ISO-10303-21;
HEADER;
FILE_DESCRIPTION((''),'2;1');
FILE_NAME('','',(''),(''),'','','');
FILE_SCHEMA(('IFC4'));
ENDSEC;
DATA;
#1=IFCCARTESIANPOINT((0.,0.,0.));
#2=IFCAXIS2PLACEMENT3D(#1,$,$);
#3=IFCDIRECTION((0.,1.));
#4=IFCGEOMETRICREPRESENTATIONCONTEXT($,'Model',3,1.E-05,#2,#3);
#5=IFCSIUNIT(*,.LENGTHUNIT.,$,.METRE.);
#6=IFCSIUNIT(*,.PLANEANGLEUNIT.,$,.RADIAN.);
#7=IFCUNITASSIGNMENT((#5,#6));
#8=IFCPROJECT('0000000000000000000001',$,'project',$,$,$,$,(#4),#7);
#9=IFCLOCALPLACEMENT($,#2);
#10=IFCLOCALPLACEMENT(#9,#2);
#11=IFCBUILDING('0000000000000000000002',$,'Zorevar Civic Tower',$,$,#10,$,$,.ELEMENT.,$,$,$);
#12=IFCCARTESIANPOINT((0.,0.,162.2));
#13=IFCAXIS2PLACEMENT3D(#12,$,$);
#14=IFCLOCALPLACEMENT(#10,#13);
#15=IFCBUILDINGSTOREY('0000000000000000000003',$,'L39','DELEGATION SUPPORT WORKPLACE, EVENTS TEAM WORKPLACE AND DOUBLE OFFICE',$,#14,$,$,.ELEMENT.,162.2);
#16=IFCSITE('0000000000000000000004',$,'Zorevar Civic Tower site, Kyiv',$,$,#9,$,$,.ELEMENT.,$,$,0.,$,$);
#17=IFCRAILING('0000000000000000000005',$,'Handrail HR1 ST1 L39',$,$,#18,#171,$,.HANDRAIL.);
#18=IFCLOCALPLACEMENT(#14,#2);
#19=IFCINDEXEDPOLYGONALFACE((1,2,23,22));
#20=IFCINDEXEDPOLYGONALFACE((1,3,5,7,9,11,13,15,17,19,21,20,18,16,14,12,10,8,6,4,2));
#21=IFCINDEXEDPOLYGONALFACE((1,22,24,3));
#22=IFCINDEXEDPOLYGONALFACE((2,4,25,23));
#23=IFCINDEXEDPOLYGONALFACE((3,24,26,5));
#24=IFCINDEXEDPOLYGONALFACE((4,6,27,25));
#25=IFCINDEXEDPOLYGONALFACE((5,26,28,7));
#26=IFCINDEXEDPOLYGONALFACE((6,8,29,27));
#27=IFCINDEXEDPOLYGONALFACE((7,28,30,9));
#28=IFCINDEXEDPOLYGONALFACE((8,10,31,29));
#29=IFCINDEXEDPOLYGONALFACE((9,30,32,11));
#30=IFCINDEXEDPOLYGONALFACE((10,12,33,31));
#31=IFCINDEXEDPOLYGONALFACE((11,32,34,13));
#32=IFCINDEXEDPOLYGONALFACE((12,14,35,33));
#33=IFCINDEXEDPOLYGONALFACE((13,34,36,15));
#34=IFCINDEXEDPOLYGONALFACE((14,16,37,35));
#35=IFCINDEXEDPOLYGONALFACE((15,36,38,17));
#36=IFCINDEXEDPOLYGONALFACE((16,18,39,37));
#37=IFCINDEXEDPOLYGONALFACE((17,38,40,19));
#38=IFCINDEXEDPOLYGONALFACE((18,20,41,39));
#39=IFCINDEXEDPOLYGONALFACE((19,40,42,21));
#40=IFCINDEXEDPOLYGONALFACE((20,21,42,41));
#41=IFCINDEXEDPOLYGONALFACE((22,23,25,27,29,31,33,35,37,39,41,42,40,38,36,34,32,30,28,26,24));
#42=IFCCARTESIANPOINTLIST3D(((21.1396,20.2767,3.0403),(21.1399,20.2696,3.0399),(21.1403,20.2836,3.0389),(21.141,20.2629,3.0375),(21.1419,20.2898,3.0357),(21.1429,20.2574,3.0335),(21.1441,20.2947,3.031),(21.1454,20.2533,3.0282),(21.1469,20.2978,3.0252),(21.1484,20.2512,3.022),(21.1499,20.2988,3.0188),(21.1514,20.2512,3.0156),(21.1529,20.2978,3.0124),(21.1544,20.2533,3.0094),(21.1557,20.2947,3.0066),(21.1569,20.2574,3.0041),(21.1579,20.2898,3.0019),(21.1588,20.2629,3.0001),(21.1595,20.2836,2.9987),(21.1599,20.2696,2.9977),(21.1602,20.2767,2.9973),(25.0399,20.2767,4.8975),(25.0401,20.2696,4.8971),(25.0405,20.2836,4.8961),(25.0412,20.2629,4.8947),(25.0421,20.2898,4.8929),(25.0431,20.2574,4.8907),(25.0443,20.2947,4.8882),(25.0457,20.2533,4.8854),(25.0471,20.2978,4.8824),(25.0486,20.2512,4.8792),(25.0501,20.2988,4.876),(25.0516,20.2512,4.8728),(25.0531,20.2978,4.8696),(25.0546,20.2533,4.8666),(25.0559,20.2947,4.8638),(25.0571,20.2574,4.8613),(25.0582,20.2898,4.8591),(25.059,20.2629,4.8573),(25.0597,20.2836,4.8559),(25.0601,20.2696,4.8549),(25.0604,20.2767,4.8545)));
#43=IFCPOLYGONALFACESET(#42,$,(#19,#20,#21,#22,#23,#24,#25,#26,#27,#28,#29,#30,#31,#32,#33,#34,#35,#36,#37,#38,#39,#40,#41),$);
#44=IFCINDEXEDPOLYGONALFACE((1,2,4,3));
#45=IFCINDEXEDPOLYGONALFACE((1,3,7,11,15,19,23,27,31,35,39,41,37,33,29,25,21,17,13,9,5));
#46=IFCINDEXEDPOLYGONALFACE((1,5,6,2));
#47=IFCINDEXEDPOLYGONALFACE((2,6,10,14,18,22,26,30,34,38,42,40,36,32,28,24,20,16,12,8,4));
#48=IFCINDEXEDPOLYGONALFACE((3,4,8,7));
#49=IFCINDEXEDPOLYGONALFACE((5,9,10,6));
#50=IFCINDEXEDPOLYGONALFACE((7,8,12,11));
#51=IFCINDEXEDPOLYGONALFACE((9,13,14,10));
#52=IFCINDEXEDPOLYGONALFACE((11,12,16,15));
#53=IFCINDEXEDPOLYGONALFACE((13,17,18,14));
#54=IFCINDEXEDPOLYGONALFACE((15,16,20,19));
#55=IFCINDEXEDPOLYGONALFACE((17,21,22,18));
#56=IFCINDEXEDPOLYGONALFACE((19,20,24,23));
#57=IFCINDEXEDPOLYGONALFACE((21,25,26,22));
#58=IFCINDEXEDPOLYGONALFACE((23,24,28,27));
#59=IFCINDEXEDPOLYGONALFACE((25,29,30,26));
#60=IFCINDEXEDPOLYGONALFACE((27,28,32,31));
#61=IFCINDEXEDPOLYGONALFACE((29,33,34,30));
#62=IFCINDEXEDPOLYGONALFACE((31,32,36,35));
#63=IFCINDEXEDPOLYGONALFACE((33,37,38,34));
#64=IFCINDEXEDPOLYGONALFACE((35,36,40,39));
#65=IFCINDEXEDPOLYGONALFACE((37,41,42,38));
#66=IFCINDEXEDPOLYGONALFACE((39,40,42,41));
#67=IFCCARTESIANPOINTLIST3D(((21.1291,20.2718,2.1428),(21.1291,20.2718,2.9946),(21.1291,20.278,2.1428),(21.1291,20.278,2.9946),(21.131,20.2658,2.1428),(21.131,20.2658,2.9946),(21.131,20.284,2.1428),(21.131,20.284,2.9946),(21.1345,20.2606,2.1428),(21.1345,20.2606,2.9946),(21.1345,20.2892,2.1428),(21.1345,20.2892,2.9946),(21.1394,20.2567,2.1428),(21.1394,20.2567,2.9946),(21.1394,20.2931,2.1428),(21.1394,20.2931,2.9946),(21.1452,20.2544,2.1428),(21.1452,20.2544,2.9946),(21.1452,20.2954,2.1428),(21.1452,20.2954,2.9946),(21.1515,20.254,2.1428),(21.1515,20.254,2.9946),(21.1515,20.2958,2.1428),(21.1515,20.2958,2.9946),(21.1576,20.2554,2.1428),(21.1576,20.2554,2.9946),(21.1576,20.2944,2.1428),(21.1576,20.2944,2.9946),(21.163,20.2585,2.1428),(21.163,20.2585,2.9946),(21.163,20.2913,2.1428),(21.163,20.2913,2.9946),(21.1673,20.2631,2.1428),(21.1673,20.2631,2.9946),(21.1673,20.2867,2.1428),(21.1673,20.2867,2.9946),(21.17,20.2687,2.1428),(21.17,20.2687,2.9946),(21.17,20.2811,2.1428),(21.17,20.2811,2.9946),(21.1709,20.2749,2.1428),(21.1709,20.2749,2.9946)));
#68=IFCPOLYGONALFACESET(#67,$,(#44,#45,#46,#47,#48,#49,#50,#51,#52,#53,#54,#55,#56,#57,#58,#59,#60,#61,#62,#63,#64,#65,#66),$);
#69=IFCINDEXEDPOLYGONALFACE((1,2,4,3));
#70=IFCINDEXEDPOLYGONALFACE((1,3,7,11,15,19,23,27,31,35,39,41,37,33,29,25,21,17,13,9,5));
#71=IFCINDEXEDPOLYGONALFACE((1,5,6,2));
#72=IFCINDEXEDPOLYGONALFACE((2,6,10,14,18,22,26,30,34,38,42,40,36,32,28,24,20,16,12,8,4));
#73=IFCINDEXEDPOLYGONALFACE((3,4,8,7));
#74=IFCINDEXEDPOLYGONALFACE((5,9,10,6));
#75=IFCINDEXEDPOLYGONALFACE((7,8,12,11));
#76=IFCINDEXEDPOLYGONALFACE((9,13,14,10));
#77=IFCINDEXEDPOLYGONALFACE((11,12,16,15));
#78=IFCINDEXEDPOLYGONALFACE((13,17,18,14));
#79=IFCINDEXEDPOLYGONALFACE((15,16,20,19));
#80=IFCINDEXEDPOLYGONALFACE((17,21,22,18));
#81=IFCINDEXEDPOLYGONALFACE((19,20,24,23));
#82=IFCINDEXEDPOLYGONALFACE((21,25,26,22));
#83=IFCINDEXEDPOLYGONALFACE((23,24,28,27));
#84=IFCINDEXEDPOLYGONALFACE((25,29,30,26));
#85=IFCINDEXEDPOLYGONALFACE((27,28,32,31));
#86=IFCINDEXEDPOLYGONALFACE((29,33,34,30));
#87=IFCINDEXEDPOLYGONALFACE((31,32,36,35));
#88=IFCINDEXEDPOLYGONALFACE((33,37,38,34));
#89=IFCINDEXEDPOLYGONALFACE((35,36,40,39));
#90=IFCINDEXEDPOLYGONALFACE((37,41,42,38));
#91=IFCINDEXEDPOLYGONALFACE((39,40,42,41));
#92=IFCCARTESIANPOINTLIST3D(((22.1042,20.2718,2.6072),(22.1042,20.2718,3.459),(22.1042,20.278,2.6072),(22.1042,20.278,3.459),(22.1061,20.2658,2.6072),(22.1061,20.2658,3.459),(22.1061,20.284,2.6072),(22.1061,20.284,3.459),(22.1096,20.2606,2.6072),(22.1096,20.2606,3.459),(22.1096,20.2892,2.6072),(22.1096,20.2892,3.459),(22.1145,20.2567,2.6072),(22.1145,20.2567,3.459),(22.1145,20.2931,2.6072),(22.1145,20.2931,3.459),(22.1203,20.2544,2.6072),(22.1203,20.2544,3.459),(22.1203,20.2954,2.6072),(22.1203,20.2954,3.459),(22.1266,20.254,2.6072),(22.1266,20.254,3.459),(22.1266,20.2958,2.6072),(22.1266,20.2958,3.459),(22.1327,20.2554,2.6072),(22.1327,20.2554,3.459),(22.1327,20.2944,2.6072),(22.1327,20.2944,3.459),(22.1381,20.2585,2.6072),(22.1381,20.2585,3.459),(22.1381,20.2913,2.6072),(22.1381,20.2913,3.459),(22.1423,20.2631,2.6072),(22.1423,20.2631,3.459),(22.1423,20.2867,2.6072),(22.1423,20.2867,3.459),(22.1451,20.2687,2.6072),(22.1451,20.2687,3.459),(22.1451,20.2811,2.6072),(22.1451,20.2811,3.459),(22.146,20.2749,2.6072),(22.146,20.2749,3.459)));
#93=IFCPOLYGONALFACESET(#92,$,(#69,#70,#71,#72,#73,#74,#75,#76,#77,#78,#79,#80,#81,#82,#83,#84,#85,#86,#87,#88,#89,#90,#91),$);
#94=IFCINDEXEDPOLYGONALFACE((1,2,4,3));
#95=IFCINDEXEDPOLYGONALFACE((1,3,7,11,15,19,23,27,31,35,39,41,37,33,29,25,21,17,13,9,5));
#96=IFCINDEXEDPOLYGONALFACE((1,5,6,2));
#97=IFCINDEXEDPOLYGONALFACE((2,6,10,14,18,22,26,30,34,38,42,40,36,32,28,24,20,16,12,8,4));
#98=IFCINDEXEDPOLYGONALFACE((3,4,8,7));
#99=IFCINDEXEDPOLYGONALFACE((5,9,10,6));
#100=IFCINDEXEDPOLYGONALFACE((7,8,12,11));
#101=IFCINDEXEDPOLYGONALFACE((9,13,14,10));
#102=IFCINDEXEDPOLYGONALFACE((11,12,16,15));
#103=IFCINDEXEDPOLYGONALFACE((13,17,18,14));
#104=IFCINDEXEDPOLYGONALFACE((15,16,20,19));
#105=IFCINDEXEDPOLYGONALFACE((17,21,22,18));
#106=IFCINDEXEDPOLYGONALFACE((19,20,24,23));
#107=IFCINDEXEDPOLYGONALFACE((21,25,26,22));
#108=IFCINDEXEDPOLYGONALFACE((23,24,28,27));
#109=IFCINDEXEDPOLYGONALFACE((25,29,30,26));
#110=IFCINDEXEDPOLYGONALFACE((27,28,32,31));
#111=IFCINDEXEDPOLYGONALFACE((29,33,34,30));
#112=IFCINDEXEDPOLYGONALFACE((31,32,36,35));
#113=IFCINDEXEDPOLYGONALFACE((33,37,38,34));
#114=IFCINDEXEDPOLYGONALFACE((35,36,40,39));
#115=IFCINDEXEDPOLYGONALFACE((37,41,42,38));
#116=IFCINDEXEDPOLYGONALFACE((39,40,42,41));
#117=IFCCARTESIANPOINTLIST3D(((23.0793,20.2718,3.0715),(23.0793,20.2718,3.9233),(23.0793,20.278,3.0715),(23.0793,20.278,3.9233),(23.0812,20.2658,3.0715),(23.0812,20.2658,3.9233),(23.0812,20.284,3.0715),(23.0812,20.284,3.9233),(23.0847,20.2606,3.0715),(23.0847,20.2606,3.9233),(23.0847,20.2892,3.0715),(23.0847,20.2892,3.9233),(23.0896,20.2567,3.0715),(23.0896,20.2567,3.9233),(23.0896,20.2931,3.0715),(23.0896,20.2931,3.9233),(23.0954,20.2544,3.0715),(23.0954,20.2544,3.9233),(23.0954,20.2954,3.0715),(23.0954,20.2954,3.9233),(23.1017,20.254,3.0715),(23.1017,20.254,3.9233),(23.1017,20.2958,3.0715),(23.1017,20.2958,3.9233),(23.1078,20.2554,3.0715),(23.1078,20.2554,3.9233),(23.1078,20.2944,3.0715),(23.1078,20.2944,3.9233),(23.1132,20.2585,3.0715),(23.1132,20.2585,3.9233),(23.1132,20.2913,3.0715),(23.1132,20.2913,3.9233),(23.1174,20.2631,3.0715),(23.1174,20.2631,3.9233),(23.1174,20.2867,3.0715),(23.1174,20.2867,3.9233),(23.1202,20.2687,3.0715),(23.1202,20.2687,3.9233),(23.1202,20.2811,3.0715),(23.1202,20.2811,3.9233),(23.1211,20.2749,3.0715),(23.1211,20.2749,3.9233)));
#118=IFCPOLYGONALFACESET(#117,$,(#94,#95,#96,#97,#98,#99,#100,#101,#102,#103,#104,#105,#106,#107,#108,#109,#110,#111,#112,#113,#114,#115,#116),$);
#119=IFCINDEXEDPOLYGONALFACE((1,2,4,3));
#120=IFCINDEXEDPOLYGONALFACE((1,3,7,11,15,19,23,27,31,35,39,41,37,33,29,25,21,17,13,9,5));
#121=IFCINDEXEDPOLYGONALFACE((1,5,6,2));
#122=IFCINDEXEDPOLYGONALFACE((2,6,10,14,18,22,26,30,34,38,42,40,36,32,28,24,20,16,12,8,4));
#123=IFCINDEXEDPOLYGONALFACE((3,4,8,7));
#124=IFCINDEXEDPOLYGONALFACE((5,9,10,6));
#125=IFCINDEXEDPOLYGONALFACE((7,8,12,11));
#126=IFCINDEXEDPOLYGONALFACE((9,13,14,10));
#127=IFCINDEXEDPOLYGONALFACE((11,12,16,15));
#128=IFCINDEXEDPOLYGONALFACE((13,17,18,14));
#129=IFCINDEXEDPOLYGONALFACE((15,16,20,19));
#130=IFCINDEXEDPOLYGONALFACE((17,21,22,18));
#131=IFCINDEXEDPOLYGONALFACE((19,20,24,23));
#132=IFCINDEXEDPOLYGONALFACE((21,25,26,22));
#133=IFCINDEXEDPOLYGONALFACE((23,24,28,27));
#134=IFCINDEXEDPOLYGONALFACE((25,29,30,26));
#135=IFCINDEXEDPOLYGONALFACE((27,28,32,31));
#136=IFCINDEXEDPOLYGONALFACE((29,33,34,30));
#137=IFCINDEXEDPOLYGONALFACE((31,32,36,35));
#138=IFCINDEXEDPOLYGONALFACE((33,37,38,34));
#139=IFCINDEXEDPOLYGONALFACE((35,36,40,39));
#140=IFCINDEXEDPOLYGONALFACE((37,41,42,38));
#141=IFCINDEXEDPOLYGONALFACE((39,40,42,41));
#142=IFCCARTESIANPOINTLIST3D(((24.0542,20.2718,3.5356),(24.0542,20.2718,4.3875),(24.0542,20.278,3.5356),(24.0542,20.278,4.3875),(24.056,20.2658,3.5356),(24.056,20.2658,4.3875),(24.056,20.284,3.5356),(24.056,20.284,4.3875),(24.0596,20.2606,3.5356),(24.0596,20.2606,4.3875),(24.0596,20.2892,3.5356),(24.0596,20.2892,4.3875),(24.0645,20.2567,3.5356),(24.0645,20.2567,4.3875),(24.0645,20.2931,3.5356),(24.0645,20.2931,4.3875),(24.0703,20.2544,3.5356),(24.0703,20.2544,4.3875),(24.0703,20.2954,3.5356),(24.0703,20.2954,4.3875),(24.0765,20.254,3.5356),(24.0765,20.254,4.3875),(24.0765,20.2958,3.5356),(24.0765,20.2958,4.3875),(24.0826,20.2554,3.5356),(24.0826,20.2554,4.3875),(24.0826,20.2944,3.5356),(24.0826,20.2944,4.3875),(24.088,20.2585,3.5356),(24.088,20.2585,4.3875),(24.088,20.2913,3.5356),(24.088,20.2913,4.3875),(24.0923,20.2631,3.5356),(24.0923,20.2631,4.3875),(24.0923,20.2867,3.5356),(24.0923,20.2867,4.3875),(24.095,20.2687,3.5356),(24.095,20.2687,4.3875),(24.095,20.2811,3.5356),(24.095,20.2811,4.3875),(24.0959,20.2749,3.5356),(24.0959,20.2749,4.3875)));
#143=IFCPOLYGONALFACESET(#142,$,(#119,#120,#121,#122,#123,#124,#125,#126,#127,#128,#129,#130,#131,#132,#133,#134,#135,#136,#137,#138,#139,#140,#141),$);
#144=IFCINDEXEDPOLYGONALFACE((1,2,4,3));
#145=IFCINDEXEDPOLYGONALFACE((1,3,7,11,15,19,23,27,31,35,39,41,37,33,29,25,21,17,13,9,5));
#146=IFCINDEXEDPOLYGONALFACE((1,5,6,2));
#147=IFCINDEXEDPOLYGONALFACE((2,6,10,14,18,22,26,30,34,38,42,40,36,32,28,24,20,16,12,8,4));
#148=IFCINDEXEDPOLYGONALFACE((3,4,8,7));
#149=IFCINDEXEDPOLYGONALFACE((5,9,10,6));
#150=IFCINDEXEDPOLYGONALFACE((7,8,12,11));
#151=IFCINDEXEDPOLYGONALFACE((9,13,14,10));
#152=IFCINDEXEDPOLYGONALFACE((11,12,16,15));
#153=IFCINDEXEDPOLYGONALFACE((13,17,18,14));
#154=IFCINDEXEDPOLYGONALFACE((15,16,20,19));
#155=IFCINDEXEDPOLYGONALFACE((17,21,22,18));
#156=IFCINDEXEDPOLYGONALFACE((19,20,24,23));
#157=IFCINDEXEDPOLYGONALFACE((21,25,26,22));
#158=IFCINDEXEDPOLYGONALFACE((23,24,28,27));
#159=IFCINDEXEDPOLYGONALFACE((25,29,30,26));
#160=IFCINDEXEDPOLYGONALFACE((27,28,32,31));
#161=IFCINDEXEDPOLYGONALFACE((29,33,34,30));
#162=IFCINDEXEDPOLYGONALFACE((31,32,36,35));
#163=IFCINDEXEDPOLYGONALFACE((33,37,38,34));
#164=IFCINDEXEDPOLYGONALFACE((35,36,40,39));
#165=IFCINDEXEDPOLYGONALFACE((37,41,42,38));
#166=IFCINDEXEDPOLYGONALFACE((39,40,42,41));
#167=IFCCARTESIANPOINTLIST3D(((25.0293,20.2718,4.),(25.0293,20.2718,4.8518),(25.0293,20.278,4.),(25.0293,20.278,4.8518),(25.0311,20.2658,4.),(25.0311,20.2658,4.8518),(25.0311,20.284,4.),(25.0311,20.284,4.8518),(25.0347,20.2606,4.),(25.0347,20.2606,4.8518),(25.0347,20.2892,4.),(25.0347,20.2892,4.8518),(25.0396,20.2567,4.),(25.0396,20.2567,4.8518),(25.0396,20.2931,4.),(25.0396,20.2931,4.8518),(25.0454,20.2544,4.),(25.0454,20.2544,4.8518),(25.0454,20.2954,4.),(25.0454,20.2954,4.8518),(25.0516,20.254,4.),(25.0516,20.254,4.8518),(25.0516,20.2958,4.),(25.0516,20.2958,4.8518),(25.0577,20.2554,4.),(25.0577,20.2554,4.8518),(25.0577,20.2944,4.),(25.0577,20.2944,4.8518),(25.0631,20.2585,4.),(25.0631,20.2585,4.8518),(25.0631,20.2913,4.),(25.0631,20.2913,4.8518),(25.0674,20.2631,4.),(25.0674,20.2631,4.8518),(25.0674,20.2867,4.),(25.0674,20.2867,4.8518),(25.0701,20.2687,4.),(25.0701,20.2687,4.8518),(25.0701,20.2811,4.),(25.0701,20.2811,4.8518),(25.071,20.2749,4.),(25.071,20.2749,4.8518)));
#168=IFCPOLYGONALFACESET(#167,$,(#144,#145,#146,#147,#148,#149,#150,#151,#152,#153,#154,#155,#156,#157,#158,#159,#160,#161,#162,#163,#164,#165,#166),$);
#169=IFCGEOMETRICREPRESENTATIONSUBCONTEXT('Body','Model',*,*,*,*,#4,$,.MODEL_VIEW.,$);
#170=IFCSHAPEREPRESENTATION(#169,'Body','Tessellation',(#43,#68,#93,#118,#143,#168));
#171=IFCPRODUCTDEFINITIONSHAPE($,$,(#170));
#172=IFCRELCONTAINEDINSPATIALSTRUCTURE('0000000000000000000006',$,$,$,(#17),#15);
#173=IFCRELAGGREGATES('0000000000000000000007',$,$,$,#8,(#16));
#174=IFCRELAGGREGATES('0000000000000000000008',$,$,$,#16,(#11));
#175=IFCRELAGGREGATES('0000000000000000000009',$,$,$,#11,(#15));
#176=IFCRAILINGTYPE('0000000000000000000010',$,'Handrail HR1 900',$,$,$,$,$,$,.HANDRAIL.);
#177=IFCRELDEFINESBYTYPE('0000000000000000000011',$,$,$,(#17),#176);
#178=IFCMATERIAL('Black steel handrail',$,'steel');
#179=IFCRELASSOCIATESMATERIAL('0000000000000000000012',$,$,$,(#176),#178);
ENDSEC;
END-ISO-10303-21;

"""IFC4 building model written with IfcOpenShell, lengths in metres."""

from ifc_helpers import new_model, si_unit, direction, frame, origin, origin_2d, place, context, subcontext, project, spatial, circle, extrude, material, type_object, element, save


model = new_model("IFC4")

# Units and contexts
model_context = context("Model", 3, precision=1e-05, world=origin(), true_north=direction((0.0, 1.0)))
body_context = subcontext(model_context, "Body", "Model", "MODEL_VIEW")
ifc_project = project(units=[si_unit("LENGTHUNIT", "METRE"), si_unit("PLANEANGLEUNIT", "RADIAN")], contexts=[model_context])

# Site, building, storey
site_placement = place(None, origin())
site = spatial("IfcSite", under=ifc_project, at=site_placement, Name="Zorevar Civic Tower site, Kyiv", CompositionType="ELEMENT", RefElevation=0.0)
building_placement = place(site_placement, origin())
building = spatial("IfcBuilding", under=site, at=building_placement, Name="Zorevar Civic Tower", CompositionType="ELEMENT")
storey_placement = place(building_placement, frame((0.0, 0.0, 162.2)))
storey = spatial("IfcBuildingStorey", under=building, at=storey_placement, Name="L39", Description="DELEGATION SUPPORT WORKPLACE, EVENTS TEAM WORKPLACE AND DOUBLE OFFICE", CompositionType="ELEMENT", Elevation=162.2)

# Railing
ifc_material_1 = material(Name="Black steel handrail", Category="steel")
railing_type = type_object("IfcRailingType", Name="Handrail HR1 900", PredefinedType="HANDRAIL", material=ifc_material_1)
railing_1_placement = place(storey_placement, frame((21.1499, 20.2749, 2.1428)))
element("IfcRailing", 1, at=railing_1_placement, inside=storey, type_object=railing_type, Name="Handrail HR1 ST1 L39", PredefinedType="HANDRAIL", context=body_context, shape_type="SweptSolid", body=[
    extrude(circle(Radius=0.0239, at=origin_2d()), frame((0.0, 0.0, 0.876), z_axis=(0.902864, 0.0, 0.429927), x_axis=(0.0, 1.0, 0.0)), (0.0, 0.0, 1.0), 4.3198),
    extrude(circle(Radius=0.021, at=origin_2d()), origin(), (0.0, 0.0, 1.0), 0.8518),
    extrude(circle(Radius=0.021, at=origin_2d()), frame((0.9751, 0.0, 0.4644)), (0.0, 0.0, 1.0), 0.8518),
    extrude(circle(Radius=0.021, at=origin_2d()), frame((1.9502, 0.0, 0.9287)), (0.0, 0.0, 1.0), 0.8518),
    extrude(circle(Radius=0.021, at=origin_2d()), frame((2.925, 0.0, 1.3928)), (0.0, 0.0, 1.0), 0.8518),
    extrude(circle(Radius=0.021, at=origin_2d()), frame((3.9001, 0.0, 1.8572)), (0.0, 0.0, 1.0), 0.8518),
])

save(model, "model.ifc")
